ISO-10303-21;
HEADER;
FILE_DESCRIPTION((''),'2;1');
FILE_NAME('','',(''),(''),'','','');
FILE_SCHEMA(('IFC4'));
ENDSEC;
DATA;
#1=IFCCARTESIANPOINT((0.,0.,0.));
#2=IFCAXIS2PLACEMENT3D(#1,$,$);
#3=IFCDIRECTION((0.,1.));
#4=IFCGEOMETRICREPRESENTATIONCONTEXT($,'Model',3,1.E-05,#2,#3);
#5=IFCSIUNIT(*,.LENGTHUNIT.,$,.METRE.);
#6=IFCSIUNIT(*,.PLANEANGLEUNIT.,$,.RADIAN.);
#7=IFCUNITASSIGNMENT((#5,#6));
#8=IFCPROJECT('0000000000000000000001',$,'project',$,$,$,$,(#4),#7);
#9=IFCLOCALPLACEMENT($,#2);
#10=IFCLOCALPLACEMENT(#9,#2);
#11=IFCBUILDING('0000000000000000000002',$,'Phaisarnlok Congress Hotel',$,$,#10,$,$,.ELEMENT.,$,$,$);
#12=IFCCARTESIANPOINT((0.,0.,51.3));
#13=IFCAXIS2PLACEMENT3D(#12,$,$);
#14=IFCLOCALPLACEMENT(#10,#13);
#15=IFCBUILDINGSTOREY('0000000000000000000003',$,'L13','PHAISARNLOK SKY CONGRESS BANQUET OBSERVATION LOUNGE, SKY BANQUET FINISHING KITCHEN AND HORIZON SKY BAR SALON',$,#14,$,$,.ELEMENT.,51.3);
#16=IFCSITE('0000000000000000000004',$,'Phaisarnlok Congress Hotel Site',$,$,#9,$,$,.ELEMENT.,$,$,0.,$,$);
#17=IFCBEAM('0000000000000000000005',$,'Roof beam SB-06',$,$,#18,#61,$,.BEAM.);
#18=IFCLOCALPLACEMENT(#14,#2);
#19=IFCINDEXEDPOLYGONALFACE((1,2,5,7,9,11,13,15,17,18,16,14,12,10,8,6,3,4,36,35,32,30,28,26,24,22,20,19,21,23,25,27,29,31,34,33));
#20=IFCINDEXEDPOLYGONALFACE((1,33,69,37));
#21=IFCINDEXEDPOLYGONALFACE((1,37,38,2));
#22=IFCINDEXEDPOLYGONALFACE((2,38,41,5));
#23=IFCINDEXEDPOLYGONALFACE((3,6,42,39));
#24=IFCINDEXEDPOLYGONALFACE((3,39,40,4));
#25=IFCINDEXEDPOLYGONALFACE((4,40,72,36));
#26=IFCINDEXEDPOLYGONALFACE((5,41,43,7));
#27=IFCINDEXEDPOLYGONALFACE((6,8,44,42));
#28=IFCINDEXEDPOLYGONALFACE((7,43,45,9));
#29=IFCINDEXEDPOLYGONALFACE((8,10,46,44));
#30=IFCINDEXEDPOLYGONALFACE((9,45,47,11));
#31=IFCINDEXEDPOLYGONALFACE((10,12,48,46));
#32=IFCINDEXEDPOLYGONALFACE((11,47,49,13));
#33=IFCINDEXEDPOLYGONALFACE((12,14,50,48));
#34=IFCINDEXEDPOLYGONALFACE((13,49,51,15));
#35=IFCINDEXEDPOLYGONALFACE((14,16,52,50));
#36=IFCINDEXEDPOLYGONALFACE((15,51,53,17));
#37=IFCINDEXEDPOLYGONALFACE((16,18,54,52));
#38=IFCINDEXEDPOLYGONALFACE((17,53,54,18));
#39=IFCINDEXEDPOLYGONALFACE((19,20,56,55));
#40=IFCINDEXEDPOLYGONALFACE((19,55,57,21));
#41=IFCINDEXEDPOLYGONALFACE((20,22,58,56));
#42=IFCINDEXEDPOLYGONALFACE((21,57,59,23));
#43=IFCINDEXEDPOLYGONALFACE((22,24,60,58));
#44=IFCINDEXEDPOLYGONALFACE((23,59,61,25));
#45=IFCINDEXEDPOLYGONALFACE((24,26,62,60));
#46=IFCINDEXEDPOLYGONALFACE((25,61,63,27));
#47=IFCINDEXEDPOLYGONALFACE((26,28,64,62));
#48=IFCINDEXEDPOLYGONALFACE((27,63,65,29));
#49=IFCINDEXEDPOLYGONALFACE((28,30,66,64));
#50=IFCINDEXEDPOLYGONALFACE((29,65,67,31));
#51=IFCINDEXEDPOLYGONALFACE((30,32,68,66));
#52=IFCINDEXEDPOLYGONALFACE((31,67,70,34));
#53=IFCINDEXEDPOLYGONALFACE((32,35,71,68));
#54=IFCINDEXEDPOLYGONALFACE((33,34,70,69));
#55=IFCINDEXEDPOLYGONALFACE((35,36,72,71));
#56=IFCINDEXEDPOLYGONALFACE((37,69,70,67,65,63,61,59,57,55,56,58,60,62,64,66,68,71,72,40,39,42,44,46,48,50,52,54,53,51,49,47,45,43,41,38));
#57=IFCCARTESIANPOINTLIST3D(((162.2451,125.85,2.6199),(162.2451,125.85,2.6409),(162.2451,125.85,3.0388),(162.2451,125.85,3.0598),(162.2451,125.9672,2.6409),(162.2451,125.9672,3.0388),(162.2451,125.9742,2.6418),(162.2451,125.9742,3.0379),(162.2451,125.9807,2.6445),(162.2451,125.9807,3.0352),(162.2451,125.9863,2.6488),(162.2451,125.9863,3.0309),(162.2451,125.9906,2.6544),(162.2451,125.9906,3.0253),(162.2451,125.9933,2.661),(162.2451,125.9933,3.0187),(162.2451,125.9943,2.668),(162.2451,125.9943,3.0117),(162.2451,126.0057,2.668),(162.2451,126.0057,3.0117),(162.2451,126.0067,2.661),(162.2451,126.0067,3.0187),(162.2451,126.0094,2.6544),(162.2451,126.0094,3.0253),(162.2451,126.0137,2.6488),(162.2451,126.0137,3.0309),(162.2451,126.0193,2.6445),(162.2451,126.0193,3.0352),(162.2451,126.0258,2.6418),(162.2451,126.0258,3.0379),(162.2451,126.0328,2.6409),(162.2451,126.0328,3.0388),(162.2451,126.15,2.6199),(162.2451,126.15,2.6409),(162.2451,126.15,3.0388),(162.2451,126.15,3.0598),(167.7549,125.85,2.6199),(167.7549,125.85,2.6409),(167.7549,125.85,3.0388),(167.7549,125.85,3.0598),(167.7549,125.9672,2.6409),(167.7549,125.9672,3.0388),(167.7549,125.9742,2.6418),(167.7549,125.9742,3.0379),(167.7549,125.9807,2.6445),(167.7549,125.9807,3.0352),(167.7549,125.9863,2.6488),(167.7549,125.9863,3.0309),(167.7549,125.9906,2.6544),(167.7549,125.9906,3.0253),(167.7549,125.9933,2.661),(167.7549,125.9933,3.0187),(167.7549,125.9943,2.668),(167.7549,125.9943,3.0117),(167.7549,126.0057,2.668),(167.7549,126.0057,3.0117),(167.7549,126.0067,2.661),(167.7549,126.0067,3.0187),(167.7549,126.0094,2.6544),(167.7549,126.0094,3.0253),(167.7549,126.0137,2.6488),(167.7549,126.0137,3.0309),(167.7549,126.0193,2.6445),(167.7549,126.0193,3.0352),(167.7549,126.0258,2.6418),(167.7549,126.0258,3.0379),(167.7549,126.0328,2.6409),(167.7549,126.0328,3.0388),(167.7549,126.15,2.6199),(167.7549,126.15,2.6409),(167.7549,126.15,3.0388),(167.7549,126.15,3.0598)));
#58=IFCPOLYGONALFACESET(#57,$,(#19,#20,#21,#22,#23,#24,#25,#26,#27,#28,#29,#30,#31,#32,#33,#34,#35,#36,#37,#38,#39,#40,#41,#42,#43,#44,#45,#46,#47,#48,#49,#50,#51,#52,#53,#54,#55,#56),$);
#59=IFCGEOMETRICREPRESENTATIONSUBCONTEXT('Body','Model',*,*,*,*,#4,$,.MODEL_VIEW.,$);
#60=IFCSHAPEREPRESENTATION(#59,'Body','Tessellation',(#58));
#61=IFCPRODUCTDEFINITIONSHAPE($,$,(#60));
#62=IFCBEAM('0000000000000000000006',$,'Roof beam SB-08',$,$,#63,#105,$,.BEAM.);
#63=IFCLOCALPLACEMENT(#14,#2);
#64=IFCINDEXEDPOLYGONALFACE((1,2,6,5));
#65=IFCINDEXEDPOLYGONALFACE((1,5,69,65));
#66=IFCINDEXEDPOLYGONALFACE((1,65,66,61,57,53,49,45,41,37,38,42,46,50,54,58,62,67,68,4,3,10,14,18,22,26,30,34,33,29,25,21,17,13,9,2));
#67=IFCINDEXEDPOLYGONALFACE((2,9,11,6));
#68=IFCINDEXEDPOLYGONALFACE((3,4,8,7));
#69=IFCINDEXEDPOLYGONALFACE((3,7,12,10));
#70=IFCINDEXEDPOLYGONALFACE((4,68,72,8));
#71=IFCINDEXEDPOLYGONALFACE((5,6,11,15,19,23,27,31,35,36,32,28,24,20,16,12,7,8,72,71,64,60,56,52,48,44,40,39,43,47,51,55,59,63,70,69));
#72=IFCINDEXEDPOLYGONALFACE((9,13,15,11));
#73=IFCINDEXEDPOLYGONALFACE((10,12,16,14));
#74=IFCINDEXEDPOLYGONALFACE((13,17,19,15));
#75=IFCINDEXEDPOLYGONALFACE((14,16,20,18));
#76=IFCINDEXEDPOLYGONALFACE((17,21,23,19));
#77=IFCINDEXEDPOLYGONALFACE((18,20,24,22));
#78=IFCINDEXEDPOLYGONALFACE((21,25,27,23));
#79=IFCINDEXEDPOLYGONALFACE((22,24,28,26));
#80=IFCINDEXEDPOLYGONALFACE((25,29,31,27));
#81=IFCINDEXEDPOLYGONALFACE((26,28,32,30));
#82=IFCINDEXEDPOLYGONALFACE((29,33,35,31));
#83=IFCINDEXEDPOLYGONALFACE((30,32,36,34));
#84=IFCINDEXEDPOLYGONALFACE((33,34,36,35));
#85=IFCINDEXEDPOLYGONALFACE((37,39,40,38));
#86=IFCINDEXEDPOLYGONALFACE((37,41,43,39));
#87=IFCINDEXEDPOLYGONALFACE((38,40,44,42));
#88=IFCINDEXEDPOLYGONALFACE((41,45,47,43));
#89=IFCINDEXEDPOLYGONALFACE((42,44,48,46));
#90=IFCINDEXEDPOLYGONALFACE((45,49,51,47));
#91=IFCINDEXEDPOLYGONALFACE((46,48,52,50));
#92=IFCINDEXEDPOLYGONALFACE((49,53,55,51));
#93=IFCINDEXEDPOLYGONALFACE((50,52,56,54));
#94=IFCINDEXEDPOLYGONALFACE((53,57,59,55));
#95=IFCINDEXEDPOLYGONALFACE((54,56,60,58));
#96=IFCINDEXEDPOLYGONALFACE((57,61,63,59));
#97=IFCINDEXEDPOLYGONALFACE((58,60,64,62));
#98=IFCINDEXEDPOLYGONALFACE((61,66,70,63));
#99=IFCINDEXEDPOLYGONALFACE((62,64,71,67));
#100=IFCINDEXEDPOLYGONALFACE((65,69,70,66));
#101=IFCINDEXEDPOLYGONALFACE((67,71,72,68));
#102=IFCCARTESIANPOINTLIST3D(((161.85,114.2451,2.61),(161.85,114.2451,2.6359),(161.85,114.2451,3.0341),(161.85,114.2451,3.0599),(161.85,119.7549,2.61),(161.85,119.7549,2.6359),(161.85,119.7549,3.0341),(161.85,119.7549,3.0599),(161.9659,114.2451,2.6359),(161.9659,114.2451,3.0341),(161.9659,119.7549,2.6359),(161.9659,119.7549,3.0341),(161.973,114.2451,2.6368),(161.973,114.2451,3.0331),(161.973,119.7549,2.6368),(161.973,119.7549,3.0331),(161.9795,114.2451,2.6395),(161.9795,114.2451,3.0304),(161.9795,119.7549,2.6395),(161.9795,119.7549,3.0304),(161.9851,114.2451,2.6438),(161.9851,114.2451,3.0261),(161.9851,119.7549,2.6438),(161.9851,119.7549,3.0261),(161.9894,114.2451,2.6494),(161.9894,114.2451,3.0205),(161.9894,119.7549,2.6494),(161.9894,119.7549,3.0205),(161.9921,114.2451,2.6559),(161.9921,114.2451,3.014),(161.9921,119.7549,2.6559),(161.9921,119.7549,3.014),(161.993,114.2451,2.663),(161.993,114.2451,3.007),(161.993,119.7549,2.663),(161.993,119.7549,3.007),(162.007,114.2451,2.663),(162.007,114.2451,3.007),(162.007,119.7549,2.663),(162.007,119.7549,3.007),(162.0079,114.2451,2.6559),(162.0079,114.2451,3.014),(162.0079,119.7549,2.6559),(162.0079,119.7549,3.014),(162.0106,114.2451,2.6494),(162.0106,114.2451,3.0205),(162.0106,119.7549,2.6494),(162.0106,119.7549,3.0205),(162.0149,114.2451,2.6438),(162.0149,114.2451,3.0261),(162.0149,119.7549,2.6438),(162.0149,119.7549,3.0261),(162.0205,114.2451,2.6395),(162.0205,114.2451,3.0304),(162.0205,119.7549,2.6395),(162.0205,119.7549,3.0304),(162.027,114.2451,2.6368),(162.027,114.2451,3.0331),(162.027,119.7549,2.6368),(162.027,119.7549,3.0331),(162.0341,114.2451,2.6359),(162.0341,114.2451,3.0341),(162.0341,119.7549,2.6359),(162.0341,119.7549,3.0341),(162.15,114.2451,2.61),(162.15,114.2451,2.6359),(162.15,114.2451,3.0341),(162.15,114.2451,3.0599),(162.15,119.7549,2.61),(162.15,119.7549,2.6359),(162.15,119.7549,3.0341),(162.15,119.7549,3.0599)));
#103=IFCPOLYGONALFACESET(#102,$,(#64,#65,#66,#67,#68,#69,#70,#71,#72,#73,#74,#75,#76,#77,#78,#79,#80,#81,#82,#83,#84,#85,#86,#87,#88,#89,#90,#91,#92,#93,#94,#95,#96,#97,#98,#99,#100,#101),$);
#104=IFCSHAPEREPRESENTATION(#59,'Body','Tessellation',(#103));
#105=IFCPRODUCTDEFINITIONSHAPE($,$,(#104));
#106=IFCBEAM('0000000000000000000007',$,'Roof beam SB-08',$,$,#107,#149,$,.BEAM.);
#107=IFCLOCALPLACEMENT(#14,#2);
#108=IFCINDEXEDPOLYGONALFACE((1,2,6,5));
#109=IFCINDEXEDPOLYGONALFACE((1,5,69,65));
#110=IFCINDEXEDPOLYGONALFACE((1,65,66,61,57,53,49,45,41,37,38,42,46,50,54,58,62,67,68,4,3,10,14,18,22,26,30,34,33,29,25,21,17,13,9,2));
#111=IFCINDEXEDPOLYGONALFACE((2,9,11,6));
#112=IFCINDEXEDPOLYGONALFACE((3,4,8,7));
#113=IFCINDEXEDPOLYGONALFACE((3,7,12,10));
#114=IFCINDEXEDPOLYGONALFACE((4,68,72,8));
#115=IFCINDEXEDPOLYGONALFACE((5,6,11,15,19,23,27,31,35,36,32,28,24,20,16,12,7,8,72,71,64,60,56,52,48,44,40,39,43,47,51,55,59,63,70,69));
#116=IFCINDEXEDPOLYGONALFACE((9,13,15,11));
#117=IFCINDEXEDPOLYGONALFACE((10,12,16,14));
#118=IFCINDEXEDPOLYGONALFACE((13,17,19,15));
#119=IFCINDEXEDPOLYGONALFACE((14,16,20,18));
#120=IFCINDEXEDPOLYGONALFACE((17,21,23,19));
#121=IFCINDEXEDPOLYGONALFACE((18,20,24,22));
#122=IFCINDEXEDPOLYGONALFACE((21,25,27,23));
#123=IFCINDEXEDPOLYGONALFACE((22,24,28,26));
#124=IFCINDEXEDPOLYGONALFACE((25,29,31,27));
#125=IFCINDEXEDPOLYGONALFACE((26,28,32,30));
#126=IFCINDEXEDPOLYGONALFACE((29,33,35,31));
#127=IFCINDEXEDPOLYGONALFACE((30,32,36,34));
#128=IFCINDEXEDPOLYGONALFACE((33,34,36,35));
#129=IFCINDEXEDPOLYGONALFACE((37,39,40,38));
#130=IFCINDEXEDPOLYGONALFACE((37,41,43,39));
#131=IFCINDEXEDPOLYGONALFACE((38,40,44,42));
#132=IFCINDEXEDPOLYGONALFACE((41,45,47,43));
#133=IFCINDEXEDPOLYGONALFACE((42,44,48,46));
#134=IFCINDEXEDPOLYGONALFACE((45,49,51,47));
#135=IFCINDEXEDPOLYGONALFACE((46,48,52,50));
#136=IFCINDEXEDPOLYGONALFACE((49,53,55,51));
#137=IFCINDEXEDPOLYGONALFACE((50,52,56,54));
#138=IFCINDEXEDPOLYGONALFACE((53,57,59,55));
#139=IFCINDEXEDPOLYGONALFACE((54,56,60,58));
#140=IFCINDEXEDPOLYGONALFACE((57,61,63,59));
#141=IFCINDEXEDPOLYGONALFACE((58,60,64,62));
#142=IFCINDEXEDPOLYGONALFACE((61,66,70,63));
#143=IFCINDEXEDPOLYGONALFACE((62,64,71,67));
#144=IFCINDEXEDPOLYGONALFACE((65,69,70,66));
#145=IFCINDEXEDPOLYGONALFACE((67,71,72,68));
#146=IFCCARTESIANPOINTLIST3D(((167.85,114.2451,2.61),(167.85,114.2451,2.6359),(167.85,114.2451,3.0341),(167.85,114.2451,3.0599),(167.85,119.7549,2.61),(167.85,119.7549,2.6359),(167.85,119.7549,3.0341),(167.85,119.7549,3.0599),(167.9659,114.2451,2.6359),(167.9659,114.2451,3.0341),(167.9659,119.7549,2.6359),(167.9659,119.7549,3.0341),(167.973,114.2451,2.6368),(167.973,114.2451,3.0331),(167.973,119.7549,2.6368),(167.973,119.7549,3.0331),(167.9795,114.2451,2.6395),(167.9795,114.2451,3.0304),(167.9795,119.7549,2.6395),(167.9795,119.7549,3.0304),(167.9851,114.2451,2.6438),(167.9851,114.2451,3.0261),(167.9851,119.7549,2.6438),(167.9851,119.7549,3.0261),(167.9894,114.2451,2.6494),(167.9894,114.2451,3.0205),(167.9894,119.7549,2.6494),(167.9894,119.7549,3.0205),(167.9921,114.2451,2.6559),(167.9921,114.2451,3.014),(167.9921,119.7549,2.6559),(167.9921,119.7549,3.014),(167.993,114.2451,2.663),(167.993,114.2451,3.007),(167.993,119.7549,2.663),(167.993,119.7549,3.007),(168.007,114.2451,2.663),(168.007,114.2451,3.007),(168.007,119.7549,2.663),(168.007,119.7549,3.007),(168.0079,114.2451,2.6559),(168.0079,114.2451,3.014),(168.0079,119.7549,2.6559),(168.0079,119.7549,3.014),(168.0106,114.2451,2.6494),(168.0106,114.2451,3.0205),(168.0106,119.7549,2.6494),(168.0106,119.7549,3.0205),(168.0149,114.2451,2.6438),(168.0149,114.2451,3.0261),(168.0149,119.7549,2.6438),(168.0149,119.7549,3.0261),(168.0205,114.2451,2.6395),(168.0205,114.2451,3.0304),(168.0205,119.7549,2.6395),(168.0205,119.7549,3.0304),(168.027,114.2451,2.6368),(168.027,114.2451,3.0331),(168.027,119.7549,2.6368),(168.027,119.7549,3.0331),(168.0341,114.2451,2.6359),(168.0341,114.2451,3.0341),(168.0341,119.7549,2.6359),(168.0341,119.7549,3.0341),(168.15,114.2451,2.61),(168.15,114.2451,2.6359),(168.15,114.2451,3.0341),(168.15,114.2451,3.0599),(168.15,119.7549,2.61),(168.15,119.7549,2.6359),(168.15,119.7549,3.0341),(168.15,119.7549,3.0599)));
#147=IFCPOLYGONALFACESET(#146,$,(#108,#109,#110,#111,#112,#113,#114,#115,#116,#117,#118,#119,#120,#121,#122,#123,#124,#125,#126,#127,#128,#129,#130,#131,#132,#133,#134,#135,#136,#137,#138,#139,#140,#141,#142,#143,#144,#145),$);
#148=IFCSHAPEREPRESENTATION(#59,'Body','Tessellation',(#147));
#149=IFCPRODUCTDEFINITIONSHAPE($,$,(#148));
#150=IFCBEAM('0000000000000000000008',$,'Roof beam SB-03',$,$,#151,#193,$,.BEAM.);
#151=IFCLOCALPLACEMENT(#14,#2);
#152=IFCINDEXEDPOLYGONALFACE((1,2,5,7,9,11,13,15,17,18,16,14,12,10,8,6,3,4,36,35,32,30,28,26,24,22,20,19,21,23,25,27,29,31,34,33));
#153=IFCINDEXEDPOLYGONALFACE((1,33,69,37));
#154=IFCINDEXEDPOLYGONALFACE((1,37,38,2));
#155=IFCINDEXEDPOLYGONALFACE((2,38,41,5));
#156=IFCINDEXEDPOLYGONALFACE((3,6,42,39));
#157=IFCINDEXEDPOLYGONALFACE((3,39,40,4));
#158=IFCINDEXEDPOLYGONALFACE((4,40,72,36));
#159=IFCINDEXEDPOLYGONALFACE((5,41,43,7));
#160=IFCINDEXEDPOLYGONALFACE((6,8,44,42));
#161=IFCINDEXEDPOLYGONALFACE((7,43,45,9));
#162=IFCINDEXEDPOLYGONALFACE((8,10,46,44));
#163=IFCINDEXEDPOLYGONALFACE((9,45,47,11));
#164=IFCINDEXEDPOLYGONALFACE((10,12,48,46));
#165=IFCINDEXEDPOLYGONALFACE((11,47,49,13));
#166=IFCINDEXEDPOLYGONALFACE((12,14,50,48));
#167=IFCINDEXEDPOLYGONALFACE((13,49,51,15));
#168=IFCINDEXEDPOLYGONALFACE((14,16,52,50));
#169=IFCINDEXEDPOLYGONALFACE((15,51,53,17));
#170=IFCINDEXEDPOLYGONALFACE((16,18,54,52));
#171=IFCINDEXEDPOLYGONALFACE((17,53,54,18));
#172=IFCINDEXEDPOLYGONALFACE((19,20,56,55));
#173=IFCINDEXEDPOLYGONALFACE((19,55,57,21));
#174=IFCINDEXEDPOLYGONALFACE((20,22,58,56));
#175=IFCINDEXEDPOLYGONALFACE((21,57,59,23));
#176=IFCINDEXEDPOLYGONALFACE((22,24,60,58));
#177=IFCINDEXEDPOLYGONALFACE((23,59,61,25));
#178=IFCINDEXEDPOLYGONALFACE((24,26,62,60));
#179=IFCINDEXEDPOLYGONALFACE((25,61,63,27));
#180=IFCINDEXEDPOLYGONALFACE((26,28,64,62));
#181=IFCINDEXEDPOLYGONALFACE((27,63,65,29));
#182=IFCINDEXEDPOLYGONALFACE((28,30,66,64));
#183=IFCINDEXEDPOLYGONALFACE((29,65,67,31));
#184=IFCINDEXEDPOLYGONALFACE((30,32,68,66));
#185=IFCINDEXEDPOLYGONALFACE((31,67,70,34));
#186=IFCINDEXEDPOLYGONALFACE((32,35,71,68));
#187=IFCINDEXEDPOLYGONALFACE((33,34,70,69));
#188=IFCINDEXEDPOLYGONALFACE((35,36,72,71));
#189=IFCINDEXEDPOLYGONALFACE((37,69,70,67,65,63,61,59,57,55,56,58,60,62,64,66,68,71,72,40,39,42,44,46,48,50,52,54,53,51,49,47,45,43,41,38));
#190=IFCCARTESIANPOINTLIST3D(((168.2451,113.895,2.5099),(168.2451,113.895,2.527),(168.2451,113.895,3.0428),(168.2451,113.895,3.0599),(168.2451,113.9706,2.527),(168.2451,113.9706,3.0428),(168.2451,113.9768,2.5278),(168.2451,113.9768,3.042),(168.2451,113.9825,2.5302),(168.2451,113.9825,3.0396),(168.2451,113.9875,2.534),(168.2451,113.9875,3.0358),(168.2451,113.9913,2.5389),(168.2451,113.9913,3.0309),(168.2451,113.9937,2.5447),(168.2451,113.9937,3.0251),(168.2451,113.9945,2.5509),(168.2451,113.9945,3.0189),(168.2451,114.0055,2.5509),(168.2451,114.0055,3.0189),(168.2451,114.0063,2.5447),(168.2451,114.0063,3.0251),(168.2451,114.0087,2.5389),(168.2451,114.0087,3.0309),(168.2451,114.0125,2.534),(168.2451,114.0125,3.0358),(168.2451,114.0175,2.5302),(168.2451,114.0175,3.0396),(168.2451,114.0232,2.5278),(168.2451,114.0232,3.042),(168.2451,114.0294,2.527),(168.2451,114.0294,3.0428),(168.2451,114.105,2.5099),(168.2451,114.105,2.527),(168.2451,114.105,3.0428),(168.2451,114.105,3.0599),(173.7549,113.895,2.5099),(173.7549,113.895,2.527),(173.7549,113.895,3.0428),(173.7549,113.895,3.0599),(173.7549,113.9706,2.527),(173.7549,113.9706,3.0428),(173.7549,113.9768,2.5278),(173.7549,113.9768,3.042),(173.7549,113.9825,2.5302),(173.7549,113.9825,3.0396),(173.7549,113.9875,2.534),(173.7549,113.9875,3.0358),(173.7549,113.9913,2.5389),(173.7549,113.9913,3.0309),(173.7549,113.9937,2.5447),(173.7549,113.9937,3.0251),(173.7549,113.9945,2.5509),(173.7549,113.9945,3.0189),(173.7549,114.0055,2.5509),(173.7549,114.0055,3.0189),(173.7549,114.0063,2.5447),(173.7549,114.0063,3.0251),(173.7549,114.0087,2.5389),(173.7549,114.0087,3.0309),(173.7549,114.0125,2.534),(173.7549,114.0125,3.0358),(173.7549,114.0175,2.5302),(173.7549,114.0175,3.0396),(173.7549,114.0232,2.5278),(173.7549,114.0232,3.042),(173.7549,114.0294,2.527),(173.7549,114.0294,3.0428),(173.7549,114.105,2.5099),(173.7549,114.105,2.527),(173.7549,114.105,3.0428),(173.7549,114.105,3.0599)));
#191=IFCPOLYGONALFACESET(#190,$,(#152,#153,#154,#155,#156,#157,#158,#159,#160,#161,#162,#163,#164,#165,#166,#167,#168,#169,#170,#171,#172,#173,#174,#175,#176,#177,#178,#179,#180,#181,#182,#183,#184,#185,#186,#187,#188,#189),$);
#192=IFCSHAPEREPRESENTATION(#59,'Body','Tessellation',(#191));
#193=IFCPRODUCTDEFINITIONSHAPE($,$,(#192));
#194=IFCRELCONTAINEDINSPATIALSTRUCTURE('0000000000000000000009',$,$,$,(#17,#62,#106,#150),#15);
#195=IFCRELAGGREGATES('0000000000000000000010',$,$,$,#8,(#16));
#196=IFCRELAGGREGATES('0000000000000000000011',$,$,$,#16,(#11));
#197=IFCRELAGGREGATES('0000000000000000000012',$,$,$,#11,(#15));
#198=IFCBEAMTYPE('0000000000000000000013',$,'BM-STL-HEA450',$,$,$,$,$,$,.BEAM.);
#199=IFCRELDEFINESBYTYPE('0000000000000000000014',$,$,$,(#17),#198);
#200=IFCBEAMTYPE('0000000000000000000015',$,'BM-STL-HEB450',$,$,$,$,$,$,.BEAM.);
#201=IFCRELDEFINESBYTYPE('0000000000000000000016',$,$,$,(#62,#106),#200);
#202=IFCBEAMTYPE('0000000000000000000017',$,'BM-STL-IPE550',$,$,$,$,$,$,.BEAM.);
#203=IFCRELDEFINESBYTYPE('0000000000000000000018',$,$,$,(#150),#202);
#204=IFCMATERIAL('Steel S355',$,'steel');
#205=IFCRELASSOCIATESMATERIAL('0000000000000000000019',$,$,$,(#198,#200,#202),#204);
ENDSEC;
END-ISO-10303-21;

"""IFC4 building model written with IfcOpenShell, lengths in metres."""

from ifc_helpers import new_model, si_unit, direction, frame, origin, origin_2d, place, context, subcontext, project, spatial, i_section, extrude, material, material_profile, profile_set, type_object, element, save


model = new_model("IFC4")

# Units and contexts
model_context = context("Model", 3, precision=1e-05, world=origin(), true_north=direction((0.0, 1.0)))
body_context = subcontext(model_context, "Body", "Model", "MODEL_VIEW")
ifc_project = project(units=[si_unit("LENGTHUNIT", "METRE"), si_unit("PLANEANGLEUNIT", "RADIAN")], contexts=[model_context])

# Site, building, storey
site_placement = place(None, origin())
site = spatial("IfcSite", under=ifc_project, at=site_placement, Name="Phaisarnlok Congress Hotel Site", CompositionType="ELEMENT", RefElevation=0.0)
building_placement = place(site_placement, origin())
building = spatial("IfcBuilding", under=site, at=building_placement, Name="Phaisarnlok Congress Hotel", CompositionType="ELEMENT")
storey_placement = place(building_placement, frame((0.0, 0.0, 51.3)))
storey = spatial("IfcBuildingStorey", under=building, at=storey_placement, Name="L13", Description="PHAISARNLOK SKY CONGRESS BANQUET OBSERVATION LOUNGE, SKY BANQUET FINISHING KITCHEN AND HORIZON SKY BAR SALON", CompositionType="ELEMENT", Elevation=51.3)

# Beams
ifc_material_1 = material(Name="Steel S355", Category="steel")
ifc_material_profile_1 = material_profile(ifc_material_1, i_section(OverallWidth=0.3, OverallDepth=0.4399, WebThickness=0.0115, FlangeThickness=0.021, FilletRadius=0.0271, at=origin_2d()), Name="HEA 450")
ifc_profile_set_1 = profile_set([ifc_material_profile_1], Name="Steel S355")
beam_type_1 = type_object("IfcBeamType", Name="BM-STL-HEA450", PredefinedType="BEAM", material=ifc_profile_set_1)
for number, where, z_axis, x_axis, name in (
    (1, (162.2451, 126.0, 2.8398), (1.0, 0.0, 0.0), (0.0, 1.0, 0.0), "Roof beam SB-06"),
):
    element("IfcBeam", number, at=place(storey_placement, frame(where, z_axis=z_axis, x_axis=x_axis)), inside=storey, type_object=beam_type_1, Name=name, PredefinedType="BEAM", context=body_context, shape_type="SweptSolid", body=[
        extrude(i_section(OverallWidth=0.3, OverallDepth=0.4399, WebThickness=0.0115, FlangeThickness=0.021, FilletRadius=0.0271, at=origin_2d()), origin(), (0.0, 0.0, 1.0), 5.5098),
    ])
ifc_material_profile_2 = material_profile(ifc_material_1, i_section(OverallWidth=0.3, OverallDepth=0.45, WebThickness=0.0139, FlangeThickness=0.0259, FilletRadius=0.0271, at=origin_2d()), Name="HEB 450")
ifc_profile_set_2 = profile_set([ifc_material_profile_2], Name="Steel S355")
beam_type_2 = type_object("IfcBeamType", Name="BM-STL-HEB450", PredefinedType="BEAM", material=ifc_profile_set_2)
for number, where, z_axis, x_axis, name in (
    (2, (162.0, 114.2451, 2.835), (0.0, 1.0, 0.0), (-1.0, 0.0, 0.0), "Roof beam SB-08"),
    (3, (168.0, 114.2451, 2.835), (0.0, 1.0, 0.0), (-1.0, 0.0, 0.0), "Roof beam SB-08"),
):
    element("IfcBeam", number, at=place(storey_placement, frame(where, z_axis=z_axis, x_axis=x_axis)), inside=storey, type_object=beam_type_2, Name=name, PredefinedType="BEAM", context=body_context, shape_type="SweptSolid", body=[
        extrude(i_section(OverallWidth=0.3, OverallDepth=0.45, WebThickness=0.0139, FlangeThickness=0.0259, FilletRadius=0.0271, at=origin_2d()), origin(), (0.0, 0.0, 1.0), 5.5098),
    ])
ifc_material_profile_3 = material_profile(ifc_material_1, i_section(OverallWidth=0.21, OverallDepth=0.55, WebThickness=0.011, FlangeThickness=0.0171, FilletRadius=0.0239, at=origin_2d()), Name="IPE 550")
ifc_profile_set_3 = profile_set([ifc_material_profile_3], Name="Steel S355")
beam_type_3 = type_object("IfcBeamType", Name="BM-STL-IPE550", PredefinedType="BEAM", material=ifc_profile_set_3)
for number, where, z_axis, x_axis, name in (
    (4, (168.2451, 114.0, 2.7849), (1.0, 0.0, 0.0), (0.0, 1.0, 0.0), "Roof beam SB-03"),
):
    element("IfcBeam", number, at=place(storey_placement, frame(where, z_axis=z_axis, x_axis=x_axis)), inside=storey, type_object=beam_type_3, Name=name, PredefinedType="BEAM", context=body_context, shape_type="SweptSolid", body=[
        extrude(i_section(OverallWidth=0.21, OverallDepth=0.55, WebThickness=0.011, FlangeThickness=0.0171, FilletRadius=0.0239, at=origin_2d()), origin(), (0.0, 0.0, 1.0), 5.5098),
    ])

save(model, "model.ifc")
